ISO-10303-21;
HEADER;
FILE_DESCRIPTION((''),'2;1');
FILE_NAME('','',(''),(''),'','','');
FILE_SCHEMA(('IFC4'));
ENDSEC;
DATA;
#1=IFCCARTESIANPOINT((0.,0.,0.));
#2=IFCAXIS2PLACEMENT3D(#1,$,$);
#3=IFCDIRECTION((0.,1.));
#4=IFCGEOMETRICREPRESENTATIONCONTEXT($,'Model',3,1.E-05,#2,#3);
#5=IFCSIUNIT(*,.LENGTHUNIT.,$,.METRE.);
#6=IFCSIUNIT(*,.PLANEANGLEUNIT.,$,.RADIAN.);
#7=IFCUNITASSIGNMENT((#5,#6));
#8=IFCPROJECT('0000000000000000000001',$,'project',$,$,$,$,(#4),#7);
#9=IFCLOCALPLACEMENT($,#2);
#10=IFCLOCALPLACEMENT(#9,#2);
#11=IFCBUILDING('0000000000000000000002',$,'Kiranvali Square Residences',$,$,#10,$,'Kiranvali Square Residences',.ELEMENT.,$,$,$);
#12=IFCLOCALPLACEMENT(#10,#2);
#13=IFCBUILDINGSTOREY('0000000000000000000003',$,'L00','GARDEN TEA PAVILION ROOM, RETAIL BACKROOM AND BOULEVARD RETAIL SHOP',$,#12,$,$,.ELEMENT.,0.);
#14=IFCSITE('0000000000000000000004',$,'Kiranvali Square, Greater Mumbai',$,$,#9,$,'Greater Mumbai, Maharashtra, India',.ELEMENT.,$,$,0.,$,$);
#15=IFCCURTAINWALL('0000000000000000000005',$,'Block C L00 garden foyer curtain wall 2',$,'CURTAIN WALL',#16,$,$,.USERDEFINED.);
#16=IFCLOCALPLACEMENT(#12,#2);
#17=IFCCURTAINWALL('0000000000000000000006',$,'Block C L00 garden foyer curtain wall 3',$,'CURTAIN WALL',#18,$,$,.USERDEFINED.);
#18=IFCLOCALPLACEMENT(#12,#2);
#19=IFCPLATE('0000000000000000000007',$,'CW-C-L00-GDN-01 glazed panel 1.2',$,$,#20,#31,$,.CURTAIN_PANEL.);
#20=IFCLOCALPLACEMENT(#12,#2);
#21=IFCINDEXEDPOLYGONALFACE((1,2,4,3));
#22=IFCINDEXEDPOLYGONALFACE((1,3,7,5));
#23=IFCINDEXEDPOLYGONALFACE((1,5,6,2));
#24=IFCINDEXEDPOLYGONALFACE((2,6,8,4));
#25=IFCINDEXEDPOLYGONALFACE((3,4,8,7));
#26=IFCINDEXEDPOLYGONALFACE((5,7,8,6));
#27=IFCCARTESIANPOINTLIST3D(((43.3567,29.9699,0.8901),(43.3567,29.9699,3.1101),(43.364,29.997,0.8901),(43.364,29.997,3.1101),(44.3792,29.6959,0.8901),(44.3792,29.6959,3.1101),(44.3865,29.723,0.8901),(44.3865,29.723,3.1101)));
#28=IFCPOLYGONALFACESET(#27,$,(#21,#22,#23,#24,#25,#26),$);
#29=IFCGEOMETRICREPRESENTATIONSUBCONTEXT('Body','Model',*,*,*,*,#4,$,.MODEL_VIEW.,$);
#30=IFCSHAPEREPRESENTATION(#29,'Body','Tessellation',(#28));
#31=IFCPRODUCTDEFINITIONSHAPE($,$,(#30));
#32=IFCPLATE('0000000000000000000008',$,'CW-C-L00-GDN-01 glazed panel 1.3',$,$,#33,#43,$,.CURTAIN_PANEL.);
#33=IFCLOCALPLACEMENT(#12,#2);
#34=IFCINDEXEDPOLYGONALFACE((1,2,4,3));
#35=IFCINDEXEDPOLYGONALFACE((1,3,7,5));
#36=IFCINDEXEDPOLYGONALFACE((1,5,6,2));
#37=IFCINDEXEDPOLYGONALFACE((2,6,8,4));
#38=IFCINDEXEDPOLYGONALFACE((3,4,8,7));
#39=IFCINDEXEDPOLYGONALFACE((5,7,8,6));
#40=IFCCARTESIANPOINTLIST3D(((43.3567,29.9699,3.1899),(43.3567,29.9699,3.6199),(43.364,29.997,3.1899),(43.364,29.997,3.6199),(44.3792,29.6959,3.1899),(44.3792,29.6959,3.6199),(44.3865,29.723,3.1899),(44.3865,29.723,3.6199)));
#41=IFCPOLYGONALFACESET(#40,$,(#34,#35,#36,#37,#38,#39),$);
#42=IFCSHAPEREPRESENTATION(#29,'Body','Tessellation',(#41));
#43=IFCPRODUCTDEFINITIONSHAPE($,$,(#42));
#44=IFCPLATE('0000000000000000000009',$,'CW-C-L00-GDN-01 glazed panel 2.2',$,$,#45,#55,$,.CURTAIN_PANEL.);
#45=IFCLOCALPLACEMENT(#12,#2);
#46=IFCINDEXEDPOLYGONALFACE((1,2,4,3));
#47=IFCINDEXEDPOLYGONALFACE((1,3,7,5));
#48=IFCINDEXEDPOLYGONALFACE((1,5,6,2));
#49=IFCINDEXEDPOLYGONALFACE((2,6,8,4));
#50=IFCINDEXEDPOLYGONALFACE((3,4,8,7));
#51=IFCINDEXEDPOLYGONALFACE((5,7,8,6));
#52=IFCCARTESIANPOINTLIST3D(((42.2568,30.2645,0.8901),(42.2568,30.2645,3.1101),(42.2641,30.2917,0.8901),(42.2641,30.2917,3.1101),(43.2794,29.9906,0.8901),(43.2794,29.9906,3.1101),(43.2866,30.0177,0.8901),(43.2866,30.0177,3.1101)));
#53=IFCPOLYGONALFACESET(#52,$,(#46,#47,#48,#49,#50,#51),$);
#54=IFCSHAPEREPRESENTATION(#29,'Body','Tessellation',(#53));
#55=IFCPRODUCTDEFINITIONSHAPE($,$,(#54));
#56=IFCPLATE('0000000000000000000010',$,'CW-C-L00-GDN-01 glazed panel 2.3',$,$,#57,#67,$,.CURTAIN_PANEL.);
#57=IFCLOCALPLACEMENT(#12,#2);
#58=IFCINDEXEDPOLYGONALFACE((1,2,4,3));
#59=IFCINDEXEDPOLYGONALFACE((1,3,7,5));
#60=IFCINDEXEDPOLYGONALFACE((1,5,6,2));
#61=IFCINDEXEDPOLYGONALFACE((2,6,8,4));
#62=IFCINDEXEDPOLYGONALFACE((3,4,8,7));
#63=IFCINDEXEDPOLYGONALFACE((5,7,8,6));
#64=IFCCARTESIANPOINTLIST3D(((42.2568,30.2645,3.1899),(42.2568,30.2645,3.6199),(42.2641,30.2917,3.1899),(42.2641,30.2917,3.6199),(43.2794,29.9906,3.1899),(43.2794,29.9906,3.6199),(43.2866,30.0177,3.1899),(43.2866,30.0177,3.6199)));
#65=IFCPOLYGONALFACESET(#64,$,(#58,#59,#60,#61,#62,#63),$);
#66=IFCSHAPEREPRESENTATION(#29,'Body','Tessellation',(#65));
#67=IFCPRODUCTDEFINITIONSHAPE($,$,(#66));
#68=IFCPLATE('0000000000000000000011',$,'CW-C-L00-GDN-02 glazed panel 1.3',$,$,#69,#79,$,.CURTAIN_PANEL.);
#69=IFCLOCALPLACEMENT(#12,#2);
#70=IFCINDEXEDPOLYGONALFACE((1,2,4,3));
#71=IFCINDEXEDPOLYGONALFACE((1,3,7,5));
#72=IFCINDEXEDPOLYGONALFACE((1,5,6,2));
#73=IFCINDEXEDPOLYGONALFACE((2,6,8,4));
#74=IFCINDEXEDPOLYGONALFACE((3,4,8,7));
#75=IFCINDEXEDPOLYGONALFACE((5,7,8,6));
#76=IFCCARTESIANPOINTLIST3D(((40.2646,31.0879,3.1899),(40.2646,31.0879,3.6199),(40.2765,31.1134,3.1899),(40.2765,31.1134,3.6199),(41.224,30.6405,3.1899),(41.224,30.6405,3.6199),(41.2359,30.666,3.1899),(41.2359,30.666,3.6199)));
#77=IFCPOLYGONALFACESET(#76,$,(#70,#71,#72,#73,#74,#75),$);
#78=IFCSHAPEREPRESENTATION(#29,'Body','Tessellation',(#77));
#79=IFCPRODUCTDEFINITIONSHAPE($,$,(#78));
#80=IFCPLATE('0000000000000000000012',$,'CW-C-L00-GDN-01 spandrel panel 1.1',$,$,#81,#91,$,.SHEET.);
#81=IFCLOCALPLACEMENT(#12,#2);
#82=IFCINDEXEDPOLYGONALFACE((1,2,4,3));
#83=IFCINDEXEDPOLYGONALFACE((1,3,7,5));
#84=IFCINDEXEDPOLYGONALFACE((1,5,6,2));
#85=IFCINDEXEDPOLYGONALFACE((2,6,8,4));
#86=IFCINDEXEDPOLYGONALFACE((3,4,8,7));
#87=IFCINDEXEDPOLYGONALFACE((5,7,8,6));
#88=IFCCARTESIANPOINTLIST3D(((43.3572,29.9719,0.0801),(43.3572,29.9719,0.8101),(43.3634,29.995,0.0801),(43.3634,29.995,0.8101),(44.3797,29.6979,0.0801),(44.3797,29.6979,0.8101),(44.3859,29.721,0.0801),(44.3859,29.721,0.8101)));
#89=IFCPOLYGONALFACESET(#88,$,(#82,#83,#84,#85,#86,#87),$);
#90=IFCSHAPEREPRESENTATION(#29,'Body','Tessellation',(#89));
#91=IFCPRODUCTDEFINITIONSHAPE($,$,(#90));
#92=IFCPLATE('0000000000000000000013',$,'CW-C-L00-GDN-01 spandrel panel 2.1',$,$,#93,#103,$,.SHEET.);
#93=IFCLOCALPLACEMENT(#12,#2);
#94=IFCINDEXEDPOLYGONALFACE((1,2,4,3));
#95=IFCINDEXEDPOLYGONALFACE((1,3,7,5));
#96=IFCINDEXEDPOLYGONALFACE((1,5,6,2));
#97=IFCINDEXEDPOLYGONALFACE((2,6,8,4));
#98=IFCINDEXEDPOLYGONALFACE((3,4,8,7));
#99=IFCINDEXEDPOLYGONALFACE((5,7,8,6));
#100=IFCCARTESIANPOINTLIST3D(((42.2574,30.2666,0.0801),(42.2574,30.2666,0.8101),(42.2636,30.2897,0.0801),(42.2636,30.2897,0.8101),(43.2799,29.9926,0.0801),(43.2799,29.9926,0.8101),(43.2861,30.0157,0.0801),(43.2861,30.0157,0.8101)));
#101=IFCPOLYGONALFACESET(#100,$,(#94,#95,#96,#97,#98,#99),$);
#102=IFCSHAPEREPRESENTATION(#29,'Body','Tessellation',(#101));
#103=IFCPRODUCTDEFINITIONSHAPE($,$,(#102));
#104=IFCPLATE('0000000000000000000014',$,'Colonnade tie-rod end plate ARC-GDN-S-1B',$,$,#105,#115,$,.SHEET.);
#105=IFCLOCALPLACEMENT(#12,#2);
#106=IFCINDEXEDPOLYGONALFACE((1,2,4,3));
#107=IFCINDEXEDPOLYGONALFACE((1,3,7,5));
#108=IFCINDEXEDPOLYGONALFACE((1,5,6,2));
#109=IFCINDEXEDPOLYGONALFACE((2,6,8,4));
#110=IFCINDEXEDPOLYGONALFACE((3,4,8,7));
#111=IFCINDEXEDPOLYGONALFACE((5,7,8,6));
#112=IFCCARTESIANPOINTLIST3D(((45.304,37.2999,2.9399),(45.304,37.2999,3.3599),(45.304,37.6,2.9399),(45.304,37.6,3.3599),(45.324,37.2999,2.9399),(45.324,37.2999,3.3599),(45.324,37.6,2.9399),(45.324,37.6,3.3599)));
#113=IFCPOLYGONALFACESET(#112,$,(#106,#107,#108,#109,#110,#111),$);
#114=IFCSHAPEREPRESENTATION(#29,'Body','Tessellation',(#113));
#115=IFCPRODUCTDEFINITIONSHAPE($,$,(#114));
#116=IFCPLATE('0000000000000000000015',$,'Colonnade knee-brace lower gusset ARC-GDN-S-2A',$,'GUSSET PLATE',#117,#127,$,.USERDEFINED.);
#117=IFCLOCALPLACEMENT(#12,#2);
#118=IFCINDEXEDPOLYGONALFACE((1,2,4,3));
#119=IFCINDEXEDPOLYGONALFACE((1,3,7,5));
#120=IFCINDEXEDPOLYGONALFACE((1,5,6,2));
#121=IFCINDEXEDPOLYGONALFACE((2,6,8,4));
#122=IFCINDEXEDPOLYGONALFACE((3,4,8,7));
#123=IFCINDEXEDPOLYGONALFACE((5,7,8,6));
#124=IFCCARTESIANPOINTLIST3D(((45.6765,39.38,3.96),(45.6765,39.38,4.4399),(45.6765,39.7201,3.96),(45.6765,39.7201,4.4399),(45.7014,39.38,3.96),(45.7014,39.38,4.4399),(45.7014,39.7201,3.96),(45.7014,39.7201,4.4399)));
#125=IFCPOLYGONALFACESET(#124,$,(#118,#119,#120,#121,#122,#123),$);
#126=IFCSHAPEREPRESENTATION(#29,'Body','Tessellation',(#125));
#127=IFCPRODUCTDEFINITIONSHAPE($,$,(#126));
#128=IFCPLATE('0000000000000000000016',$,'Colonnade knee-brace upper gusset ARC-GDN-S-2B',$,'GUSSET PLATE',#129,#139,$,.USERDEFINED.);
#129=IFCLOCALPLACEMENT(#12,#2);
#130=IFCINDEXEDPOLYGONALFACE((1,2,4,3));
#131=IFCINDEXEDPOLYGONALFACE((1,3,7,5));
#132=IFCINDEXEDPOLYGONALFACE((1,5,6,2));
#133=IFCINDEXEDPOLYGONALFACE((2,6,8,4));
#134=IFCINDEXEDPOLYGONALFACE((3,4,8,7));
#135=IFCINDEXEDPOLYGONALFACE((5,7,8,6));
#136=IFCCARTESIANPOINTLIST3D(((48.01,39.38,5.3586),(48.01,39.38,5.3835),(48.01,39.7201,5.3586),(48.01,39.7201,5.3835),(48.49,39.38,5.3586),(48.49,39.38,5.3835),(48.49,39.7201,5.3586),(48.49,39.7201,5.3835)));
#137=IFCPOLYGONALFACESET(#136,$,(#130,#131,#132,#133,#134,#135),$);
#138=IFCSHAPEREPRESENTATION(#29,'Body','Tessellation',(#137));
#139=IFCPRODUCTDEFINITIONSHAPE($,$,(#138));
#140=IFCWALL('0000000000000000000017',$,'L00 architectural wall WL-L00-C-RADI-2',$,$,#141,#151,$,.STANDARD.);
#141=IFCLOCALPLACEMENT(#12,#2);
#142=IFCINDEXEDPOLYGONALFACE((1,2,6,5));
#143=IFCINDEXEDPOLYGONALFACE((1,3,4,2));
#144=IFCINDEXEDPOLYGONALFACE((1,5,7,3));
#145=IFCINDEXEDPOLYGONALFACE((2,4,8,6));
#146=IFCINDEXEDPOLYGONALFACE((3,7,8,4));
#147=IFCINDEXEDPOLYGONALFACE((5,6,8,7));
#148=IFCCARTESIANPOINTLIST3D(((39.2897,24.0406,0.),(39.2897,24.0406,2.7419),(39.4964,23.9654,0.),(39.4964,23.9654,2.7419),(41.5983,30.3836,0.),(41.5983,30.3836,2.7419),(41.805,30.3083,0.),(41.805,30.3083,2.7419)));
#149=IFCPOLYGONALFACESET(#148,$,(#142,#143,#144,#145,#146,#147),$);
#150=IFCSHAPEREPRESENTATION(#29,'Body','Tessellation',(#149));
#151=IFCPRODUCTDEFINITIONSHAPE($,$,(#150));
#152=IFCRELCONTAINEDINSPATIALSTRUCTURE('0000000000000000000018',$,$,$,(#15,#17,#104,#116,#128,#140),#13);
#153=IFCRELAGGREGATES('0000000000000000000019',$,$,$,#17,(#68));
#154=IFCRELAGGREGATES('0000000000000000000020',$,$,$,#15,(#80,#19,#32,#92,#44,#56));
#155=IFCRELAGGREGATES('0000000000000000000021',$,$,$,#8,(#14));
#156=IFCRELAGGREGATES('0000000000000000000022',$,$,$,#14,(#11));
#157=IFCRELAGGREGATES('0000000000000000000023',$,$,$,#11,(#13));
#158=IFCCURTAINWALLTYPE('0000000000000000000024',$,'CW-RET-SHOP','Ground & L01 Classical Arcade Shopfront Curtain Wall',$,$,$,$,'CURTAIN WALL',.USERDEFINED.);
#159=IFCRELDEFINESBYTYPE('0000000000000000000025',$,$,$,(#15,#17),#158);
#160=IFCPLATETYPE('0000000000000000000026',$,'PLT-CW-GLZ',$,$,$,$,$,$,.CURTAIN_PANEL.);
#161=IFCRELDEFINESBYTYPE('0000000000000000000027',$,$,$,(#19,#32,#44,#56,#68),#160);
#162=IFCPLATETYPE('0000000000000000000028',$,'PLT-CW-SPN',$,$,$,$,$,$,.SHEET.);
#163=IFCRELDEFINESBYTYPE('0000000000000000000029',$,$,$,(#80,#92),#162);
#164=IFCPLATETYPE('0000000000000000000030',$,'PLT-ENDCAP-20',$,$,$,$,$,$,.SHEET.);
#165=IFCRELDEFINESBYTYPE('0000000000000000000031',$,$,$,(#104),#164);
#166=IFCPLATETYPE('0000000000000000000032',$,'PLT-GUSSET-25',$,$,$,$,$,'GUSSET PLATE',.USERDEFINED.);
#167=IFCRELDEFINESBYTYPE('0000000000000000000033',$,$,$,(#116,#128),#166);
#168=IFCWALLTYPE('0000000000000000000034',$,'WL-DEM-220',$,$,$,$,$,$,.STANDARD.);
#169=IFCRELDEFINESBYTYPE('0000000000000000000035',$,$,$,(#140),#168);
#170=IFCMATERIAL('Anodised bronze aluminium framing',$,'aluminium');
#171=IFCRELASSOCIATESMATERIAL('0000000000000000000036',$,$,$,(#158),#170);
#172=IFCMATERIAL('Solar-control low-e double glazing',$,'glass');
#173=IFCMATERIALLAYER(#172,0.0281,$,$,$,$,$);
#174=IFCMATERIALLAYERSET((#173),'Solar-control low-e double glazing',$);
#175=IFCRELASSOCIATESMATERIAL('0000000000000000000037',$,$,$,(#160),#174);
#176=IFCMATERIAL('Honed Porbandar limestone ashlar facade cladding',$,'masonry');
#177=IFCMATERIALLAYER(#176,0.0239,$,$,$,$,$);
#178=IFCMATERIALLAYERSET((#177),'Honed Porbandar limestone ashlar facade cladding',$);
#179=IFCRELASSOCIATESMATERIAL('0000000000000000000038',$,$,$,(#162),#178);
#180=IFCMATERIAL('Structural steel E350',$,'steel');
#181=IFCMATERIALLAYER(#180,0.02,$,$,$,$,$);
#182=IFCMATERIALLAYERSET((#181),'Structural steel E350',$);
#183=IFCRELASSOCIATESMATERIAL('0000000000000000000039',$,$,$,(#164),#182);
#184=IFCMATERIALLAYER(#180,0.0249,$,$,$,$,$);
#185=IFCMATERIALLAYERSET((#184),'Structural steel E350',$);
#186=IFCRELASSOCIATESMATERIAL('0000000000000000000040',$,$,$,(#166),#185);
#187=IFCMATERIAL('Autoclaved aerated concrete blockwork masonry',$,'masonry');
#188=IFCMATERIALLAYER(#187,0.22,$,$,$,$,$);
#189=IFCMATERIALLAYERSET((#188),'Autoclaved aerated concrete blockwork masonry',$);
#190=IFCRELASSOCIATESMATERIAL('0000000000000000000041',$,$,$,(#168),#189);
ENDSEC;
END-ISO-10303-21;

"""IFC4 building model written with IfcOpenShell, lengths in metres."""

from ifc_helpers import new_model, si_unit, direction, frame, frame_2d, origin, origin_2d, place, context, subcontext, project, spatial, rectangle, extrude, material, layer, layer_set, type_object, element, aggregate, save


model = new_model("IFC4")

# Units and contexts
model_context = context("Model", 3, precision=1e-05, world=origin(), true_north=direction((0.0, 1.0)))
body_context = subcontext(model_context, "Body", "Model", "MODEL_VIEW")
ifc_project = project(units=[si_unit("LENGTHUNIT", "METRE"), si_unit("PLANEANGLEUNIT", "RADIAN")], contexts=[model_context])

# Site, building, storey
site_placement = place(None, origin())
site = spatial("IfcSite", under=ifc_project, at=site_placement, Name="Kiranvali Square, Greater Mumbai", LongName="Greater Mumbai, Maharashtra, India", CompositionType="ELEMENT", RefElevation=0.0)
building_placement = place(site_placement, origin())
building = spatial("IfcBuilding", under=site, at=building_placement, Name="Kiranvali Square Residences", LongName="Kiranvali Square Residences", CompositionType="ELEMENT")
storey_placement = place(building_placement, origin())
storey = spatial("IfcBuildingStorey", under=building, at=storey_placement, Name="L00", Description="GARDEN TEA PAVILION ROOM, RETAIL BACKROOM AND BOULEVARD RETAIL SHOP", CompositionType="ELEMENT", Elevation=0.0)

# Curtain wall
ifc_material_1 = material(Name="Anodised bronze aluminium framing", Category="aluminium")
curtain_wall_type = type_object("IfcCurtainWallType", Name="CW-RET-SHOP", Description="Ground & L01 Classical Arcade Shopfront Curtain Wall", ElementType="CURTAIN WALL", PredefinedType="USERDEFINED", material=ifc_material_1)
curtain_wall_1_placement = place(storey_placement, origin())
curtain_wall_1 = element("IfcCurtainWall", 1, at=curtain_wall_1_placement, inside=storey, type_object=curtain_wall_type, Name="Block C L00 garden foyer curtain wall 2", ObjectType="CURTAIN WALL", PredefinedType="USERDEFINED")

# Curtain wall
curtain_wall_2_placement = place(storey_placement, origin())
curtain_wall_2 = element("IfcCurtainWall", 2, at=curtain_wall_2_placement, inside=storey, type_object=curtain_wall_type, Name="Block C L00 garden foyer curtain wall 3", ObjectType="CURTAIN WALL", PredefinedType="USERDEFINED")

# Shared definitions
ifc_material_2 = material(Name="Structural steel E350", Category="steel")

# Plates
ifc_material_3 = material(Name="Solar-control low-e double glazing", Category="glass")
ifc_layer_1 = layer(ifc_material_3, 0.0281)
ifc_layer_set_1 = layer_set([ifc_layer_1], Name="Solar-control low-e double glazing")
plate_type_1 = type_object("IfcPlateType", Name="PLT-CW-GLZ", PredefinedType="CURTAIN_PANEL", material=ifc_layer_set_1)
plate_1_placement = place(storey_placement, frame((43.8716, 29.8464, 0.8901), z_axis=(0.0, 0.0, 1.0), x_axis=(-0.965926, 0.258819, 0.0)))
plate_1 = element("IfcPlate", 3, at=plate_1_placement, type_object=plate_type_1, Name="CW-C-L00-GDN-01 glazed panel 1.2", PredefinedType="CURTAIN_PANEL", context=body_context, shape_type="SweptSolid", body=[
    extrude(rectangle(XDim=1.0586, YDim=0.0281, at=origin_2d()), origin(), (0.0, 0.0, 1.0), 2.22),
])
plate_2_placement = place(storey_placement, frame((43.8716, 29.8464, 3.1899), z_axis=(0.0, 0.0, 1.0), x_axis=(-0.965926, 0.258819, 0.0)))
plate_2 = element("IfcPlate", 4, at=plate_2_placement, type_object=plate_type_1, Name="CW-C-L00-GDN-01 glazed panel 1.3", PredefinedType="CURTAIN_PANEL", context=body_context, shape_type="SweptSolid", body=[
    extrude(rectangle(XDim=1.0586, YDim=0.0281, at=origin_2d()), origin(), (0.0, 0.0, 1.0), 0.4299),
])
plate_3_placement = place(storey_placement, frame((42.7717, 30.1411, 0.8901), z_axis=(0.0, 0.0, 1.0), x_axis=(-0.965926, 0.258819, 0.0)))
plate_3 = element("IfcPlate", 5, at=plate_3_placement, type_object=plate_type_1, Name="CW-C-L00-GDN-01 glazed panel 2.2", PredefinedType="CURTAIN_PANEL", context=body_context, shape_type="SweptSolid", body=[
    extrude(rectangle(XDim=1.0586, YDim=0.0281, at=origin_2d()), origin(), (0.0, 0.0, 1.0), 2.22),
])
plate_4_placement = place(storey_placement, frame((42.7717, 30.1411, 3.1899), z_axis=(0.0, 0.0, 1.0), x_axis=(-0.965926, 0.258819, 0.0)))
plate_4 = element("IfcPlate", 6, at=plate_4_placement, type_object=plate_type_1, Name="CW-C-L00-GDN-01 glazed panel 2.3", PredefinedType="CURTAIN_PANEL", context=body_context, shape_type="SweptSolid", body=[
    extrude(rectangle(XDim=1.0586, YDim=0.0281, at=origin_2d()), origin(), (0.0, 0.0, 1.0), 0.4299),
])
plate_5_placement = place(storey_placement, frame((40.7502, 30.877, 3.1899), z_axis=(0.0, 0.0, 1.0), x_axis=(-0.906308, 0.422618, 0.0)))
plate_5 = element("IfcPlate", 7, at=plate_5_placement, type_object=plate_type_1, Name="CW-C-L00-GDN-02 glazed panel 1.3", PredefinedType="CURTAIN_PANEL", context=body_context, shape_type="SweptSolid", body=[
    extrude(rectangle(XDim=1.0586, YDim=0.0281, at=origin_2d()), origin(), (0.0, 0.0, 1.0), 0.4299),
])
aggregate(curtain_wall_2, [plate_5])
ifc_material_4 = material(Name="Honed Porbandar limestone ashlar facade cladding", Category="masonry")
ifc_layer_2 = layer(ifc_material_4, 0.0239)
ifc_layer_set_2 = layer_set([ifc_layer_2], Name="Honed Porbandar limestone ashlar facade cladding")
plate_type_2 = type_object("IfcPlateType", Name="PLT-CW-SPN", PredefinedType="SHEET", material=ifc_layer_set_2)
plate_6_placement = place(storey_placement, frame((43.8716, 29.8464, 0.0801), z_axis=(0.0, 0.0, 1.0), x_axis=(-0.965926, 0.258819, 0.0)))
plate_6 = element("IfcPlate", 8, at=plate_6_placement, type_object=plate_type_2, Name="CW-C-L00-GDN-01 spandrel panel 1.1", PredefinedType="SHEET", context=body_context, shape_type="SweptSolid", body=[
    extrude(rectangle(XDim=1.0586, YDim=0.0239, at=origin_2d()), origin(), (0.0, 0.0, 1.0), 0.73),
])
plate_7_placement = place(storey_placement, frame((42.7717, 30.1411, 0.0801), z_axis=(0.0, 0.0, 1.0), x_axis=(-0.965926, 0.258819, 0.0)))
plate_7 = element("IfcPlate", 9, at=plate_7_placement, type_object=plate_type_2, Name="CW-C-L00-GDN-01 spandrel panel 2.1", PredefinedType="SHEET", context=body_context, shape_type="SweptSolid", body=[
    extrude(rectangle(XDim=1.0586, YDim=0.0239, at=origin_2d()), origin(), (0.0, 0.0, 1.0), 0.73),
])
aggregate(curtain_wall_1, [plate_6, plate_1, plate_2, plate_7, plate_3, plate_4])

# Plates
ifc_layer_3 = layer(ifc_material_2, 0.02)
ifc_layer_set_3 = layer_set([ifc_layer_3], Name="Structural steel E350")
plate_type_3 = type_object("IfcPlateType", Name="PLT-ENDCAP-20", PredefinedType="SHEET", material=ifc_layer_set_3)
plate_8_placement = place(storey_placement, frame((45.314, 37.45, 2.9399), z_axis=(0.0, 0.0, 1.0), x_axis=(1.0, 0.0, 0.0)))
element("IfcPlate", 10, at=plate_8_placement, inside=storey, type_object=plate_type_3, Name="Colonnade tie-rod end plate ARC-GDN-S-1B", PredefinedType="SHEET", context=body_context, shape_type="SweptSolid", body=[
    extrude(rectangle(XDim=0.02, YDim=0.3, at=origin_2d()), origin(), (0.0, 0.0, 1.0), 0.4199),
])
ifc_layer_4 = layer(ifc_material_2, 0.0249)
ifc_layer_set_4 = layer_set([ifc_layer_4], Name="Structural steel E350")
plate_type_4 = type_object("IfcPlateType", Name="PLT-GUSSET-25", ElementType="GUSSET PLATE", PredefinedType="USERDEFINED", material=ifc_layer_set_4)
plate_9_placement = place(storey_placement, frame((45.689, 39.55, 3.96), z_axis=(0.0, 0.0, 1.0), x_axis=(1.0, 0.0, 0.0)))
element("IfcPlate", 11, at=plate_9_placement, inside=storey, type_object=plate_type_4, Name="Colonnade knee-brace lower gusset ARC-GDN-S-2A", ObjectType="GUSSET PLATE", PredefinedType="USERDEFINED", context=body_context, shape_type="SweptSolid", body=[
    extrude(rectangle(XDim=0.0249, YDim=0.3401, at=origin_2d()), origin(), (0.0, 0.0, 1.0), 0.48),
])
plate_10_placement = place(storey_placement, frame((48.25, 39.55, 5.3586), z_axis=(0.0, 0.0, 1.0), x_axis=(1.0, 0.0, 0.0)))
element("IfcPlate", 12, at=plate_10_placement, inside=storey, type_object=plate_type_4, Name="Colonnade knee-brace upper gusset ARC-GDN-S-2B", ObjectType="GUSSET PLATE", PredefinedType="USERDEFINED", context=body_context, shape_type="SweptSolid", body=[
    extrude(rectangle(XDim=0.48, YDim=0.3401, at=origin_2d()), origin(), (0.0, 0.0, 1.0), 0.0249),
])

# Wall
ifc_material_5 = material(Name="Autoclaved aerated concrete blockwork masonry", Category="masonry")
ifc_layer_5 = layer(ifc_material_5, 0.22)
ifc_layer_set_5 = layer_set([ifc_layer_5], Name="Autoclaved aerated concrete blockwork masonry")
wall_type = type_object("IfcWallType", Name="WL-DEM-220", PredefinedType="STANDARD", material=ifc_layer_set_5)
wall_placement = place(storey_placement, frame((41.7017, 30.3459, 0.0), z_axis=(0.0, 0.0, 1.0), x_axis=(-0.34201, -0.939696, 0.0)))
element("IfcWall", 13, at=wall_placement, inside=storey, type_object=wall_type, Name="L00 architectural wall WL-L00-C-RADI-2", PredefinedType="STANDARD", context=body_context, shape_type="SweptSolid", body=[
    extrude(rectangle(XDim=6.75, YDim=0.22, at=frame_2d((3.375, 0.0))), origin(), (0.0, 0.0, 1.0), 2.7419),
])

save(model, "model.ifc")
